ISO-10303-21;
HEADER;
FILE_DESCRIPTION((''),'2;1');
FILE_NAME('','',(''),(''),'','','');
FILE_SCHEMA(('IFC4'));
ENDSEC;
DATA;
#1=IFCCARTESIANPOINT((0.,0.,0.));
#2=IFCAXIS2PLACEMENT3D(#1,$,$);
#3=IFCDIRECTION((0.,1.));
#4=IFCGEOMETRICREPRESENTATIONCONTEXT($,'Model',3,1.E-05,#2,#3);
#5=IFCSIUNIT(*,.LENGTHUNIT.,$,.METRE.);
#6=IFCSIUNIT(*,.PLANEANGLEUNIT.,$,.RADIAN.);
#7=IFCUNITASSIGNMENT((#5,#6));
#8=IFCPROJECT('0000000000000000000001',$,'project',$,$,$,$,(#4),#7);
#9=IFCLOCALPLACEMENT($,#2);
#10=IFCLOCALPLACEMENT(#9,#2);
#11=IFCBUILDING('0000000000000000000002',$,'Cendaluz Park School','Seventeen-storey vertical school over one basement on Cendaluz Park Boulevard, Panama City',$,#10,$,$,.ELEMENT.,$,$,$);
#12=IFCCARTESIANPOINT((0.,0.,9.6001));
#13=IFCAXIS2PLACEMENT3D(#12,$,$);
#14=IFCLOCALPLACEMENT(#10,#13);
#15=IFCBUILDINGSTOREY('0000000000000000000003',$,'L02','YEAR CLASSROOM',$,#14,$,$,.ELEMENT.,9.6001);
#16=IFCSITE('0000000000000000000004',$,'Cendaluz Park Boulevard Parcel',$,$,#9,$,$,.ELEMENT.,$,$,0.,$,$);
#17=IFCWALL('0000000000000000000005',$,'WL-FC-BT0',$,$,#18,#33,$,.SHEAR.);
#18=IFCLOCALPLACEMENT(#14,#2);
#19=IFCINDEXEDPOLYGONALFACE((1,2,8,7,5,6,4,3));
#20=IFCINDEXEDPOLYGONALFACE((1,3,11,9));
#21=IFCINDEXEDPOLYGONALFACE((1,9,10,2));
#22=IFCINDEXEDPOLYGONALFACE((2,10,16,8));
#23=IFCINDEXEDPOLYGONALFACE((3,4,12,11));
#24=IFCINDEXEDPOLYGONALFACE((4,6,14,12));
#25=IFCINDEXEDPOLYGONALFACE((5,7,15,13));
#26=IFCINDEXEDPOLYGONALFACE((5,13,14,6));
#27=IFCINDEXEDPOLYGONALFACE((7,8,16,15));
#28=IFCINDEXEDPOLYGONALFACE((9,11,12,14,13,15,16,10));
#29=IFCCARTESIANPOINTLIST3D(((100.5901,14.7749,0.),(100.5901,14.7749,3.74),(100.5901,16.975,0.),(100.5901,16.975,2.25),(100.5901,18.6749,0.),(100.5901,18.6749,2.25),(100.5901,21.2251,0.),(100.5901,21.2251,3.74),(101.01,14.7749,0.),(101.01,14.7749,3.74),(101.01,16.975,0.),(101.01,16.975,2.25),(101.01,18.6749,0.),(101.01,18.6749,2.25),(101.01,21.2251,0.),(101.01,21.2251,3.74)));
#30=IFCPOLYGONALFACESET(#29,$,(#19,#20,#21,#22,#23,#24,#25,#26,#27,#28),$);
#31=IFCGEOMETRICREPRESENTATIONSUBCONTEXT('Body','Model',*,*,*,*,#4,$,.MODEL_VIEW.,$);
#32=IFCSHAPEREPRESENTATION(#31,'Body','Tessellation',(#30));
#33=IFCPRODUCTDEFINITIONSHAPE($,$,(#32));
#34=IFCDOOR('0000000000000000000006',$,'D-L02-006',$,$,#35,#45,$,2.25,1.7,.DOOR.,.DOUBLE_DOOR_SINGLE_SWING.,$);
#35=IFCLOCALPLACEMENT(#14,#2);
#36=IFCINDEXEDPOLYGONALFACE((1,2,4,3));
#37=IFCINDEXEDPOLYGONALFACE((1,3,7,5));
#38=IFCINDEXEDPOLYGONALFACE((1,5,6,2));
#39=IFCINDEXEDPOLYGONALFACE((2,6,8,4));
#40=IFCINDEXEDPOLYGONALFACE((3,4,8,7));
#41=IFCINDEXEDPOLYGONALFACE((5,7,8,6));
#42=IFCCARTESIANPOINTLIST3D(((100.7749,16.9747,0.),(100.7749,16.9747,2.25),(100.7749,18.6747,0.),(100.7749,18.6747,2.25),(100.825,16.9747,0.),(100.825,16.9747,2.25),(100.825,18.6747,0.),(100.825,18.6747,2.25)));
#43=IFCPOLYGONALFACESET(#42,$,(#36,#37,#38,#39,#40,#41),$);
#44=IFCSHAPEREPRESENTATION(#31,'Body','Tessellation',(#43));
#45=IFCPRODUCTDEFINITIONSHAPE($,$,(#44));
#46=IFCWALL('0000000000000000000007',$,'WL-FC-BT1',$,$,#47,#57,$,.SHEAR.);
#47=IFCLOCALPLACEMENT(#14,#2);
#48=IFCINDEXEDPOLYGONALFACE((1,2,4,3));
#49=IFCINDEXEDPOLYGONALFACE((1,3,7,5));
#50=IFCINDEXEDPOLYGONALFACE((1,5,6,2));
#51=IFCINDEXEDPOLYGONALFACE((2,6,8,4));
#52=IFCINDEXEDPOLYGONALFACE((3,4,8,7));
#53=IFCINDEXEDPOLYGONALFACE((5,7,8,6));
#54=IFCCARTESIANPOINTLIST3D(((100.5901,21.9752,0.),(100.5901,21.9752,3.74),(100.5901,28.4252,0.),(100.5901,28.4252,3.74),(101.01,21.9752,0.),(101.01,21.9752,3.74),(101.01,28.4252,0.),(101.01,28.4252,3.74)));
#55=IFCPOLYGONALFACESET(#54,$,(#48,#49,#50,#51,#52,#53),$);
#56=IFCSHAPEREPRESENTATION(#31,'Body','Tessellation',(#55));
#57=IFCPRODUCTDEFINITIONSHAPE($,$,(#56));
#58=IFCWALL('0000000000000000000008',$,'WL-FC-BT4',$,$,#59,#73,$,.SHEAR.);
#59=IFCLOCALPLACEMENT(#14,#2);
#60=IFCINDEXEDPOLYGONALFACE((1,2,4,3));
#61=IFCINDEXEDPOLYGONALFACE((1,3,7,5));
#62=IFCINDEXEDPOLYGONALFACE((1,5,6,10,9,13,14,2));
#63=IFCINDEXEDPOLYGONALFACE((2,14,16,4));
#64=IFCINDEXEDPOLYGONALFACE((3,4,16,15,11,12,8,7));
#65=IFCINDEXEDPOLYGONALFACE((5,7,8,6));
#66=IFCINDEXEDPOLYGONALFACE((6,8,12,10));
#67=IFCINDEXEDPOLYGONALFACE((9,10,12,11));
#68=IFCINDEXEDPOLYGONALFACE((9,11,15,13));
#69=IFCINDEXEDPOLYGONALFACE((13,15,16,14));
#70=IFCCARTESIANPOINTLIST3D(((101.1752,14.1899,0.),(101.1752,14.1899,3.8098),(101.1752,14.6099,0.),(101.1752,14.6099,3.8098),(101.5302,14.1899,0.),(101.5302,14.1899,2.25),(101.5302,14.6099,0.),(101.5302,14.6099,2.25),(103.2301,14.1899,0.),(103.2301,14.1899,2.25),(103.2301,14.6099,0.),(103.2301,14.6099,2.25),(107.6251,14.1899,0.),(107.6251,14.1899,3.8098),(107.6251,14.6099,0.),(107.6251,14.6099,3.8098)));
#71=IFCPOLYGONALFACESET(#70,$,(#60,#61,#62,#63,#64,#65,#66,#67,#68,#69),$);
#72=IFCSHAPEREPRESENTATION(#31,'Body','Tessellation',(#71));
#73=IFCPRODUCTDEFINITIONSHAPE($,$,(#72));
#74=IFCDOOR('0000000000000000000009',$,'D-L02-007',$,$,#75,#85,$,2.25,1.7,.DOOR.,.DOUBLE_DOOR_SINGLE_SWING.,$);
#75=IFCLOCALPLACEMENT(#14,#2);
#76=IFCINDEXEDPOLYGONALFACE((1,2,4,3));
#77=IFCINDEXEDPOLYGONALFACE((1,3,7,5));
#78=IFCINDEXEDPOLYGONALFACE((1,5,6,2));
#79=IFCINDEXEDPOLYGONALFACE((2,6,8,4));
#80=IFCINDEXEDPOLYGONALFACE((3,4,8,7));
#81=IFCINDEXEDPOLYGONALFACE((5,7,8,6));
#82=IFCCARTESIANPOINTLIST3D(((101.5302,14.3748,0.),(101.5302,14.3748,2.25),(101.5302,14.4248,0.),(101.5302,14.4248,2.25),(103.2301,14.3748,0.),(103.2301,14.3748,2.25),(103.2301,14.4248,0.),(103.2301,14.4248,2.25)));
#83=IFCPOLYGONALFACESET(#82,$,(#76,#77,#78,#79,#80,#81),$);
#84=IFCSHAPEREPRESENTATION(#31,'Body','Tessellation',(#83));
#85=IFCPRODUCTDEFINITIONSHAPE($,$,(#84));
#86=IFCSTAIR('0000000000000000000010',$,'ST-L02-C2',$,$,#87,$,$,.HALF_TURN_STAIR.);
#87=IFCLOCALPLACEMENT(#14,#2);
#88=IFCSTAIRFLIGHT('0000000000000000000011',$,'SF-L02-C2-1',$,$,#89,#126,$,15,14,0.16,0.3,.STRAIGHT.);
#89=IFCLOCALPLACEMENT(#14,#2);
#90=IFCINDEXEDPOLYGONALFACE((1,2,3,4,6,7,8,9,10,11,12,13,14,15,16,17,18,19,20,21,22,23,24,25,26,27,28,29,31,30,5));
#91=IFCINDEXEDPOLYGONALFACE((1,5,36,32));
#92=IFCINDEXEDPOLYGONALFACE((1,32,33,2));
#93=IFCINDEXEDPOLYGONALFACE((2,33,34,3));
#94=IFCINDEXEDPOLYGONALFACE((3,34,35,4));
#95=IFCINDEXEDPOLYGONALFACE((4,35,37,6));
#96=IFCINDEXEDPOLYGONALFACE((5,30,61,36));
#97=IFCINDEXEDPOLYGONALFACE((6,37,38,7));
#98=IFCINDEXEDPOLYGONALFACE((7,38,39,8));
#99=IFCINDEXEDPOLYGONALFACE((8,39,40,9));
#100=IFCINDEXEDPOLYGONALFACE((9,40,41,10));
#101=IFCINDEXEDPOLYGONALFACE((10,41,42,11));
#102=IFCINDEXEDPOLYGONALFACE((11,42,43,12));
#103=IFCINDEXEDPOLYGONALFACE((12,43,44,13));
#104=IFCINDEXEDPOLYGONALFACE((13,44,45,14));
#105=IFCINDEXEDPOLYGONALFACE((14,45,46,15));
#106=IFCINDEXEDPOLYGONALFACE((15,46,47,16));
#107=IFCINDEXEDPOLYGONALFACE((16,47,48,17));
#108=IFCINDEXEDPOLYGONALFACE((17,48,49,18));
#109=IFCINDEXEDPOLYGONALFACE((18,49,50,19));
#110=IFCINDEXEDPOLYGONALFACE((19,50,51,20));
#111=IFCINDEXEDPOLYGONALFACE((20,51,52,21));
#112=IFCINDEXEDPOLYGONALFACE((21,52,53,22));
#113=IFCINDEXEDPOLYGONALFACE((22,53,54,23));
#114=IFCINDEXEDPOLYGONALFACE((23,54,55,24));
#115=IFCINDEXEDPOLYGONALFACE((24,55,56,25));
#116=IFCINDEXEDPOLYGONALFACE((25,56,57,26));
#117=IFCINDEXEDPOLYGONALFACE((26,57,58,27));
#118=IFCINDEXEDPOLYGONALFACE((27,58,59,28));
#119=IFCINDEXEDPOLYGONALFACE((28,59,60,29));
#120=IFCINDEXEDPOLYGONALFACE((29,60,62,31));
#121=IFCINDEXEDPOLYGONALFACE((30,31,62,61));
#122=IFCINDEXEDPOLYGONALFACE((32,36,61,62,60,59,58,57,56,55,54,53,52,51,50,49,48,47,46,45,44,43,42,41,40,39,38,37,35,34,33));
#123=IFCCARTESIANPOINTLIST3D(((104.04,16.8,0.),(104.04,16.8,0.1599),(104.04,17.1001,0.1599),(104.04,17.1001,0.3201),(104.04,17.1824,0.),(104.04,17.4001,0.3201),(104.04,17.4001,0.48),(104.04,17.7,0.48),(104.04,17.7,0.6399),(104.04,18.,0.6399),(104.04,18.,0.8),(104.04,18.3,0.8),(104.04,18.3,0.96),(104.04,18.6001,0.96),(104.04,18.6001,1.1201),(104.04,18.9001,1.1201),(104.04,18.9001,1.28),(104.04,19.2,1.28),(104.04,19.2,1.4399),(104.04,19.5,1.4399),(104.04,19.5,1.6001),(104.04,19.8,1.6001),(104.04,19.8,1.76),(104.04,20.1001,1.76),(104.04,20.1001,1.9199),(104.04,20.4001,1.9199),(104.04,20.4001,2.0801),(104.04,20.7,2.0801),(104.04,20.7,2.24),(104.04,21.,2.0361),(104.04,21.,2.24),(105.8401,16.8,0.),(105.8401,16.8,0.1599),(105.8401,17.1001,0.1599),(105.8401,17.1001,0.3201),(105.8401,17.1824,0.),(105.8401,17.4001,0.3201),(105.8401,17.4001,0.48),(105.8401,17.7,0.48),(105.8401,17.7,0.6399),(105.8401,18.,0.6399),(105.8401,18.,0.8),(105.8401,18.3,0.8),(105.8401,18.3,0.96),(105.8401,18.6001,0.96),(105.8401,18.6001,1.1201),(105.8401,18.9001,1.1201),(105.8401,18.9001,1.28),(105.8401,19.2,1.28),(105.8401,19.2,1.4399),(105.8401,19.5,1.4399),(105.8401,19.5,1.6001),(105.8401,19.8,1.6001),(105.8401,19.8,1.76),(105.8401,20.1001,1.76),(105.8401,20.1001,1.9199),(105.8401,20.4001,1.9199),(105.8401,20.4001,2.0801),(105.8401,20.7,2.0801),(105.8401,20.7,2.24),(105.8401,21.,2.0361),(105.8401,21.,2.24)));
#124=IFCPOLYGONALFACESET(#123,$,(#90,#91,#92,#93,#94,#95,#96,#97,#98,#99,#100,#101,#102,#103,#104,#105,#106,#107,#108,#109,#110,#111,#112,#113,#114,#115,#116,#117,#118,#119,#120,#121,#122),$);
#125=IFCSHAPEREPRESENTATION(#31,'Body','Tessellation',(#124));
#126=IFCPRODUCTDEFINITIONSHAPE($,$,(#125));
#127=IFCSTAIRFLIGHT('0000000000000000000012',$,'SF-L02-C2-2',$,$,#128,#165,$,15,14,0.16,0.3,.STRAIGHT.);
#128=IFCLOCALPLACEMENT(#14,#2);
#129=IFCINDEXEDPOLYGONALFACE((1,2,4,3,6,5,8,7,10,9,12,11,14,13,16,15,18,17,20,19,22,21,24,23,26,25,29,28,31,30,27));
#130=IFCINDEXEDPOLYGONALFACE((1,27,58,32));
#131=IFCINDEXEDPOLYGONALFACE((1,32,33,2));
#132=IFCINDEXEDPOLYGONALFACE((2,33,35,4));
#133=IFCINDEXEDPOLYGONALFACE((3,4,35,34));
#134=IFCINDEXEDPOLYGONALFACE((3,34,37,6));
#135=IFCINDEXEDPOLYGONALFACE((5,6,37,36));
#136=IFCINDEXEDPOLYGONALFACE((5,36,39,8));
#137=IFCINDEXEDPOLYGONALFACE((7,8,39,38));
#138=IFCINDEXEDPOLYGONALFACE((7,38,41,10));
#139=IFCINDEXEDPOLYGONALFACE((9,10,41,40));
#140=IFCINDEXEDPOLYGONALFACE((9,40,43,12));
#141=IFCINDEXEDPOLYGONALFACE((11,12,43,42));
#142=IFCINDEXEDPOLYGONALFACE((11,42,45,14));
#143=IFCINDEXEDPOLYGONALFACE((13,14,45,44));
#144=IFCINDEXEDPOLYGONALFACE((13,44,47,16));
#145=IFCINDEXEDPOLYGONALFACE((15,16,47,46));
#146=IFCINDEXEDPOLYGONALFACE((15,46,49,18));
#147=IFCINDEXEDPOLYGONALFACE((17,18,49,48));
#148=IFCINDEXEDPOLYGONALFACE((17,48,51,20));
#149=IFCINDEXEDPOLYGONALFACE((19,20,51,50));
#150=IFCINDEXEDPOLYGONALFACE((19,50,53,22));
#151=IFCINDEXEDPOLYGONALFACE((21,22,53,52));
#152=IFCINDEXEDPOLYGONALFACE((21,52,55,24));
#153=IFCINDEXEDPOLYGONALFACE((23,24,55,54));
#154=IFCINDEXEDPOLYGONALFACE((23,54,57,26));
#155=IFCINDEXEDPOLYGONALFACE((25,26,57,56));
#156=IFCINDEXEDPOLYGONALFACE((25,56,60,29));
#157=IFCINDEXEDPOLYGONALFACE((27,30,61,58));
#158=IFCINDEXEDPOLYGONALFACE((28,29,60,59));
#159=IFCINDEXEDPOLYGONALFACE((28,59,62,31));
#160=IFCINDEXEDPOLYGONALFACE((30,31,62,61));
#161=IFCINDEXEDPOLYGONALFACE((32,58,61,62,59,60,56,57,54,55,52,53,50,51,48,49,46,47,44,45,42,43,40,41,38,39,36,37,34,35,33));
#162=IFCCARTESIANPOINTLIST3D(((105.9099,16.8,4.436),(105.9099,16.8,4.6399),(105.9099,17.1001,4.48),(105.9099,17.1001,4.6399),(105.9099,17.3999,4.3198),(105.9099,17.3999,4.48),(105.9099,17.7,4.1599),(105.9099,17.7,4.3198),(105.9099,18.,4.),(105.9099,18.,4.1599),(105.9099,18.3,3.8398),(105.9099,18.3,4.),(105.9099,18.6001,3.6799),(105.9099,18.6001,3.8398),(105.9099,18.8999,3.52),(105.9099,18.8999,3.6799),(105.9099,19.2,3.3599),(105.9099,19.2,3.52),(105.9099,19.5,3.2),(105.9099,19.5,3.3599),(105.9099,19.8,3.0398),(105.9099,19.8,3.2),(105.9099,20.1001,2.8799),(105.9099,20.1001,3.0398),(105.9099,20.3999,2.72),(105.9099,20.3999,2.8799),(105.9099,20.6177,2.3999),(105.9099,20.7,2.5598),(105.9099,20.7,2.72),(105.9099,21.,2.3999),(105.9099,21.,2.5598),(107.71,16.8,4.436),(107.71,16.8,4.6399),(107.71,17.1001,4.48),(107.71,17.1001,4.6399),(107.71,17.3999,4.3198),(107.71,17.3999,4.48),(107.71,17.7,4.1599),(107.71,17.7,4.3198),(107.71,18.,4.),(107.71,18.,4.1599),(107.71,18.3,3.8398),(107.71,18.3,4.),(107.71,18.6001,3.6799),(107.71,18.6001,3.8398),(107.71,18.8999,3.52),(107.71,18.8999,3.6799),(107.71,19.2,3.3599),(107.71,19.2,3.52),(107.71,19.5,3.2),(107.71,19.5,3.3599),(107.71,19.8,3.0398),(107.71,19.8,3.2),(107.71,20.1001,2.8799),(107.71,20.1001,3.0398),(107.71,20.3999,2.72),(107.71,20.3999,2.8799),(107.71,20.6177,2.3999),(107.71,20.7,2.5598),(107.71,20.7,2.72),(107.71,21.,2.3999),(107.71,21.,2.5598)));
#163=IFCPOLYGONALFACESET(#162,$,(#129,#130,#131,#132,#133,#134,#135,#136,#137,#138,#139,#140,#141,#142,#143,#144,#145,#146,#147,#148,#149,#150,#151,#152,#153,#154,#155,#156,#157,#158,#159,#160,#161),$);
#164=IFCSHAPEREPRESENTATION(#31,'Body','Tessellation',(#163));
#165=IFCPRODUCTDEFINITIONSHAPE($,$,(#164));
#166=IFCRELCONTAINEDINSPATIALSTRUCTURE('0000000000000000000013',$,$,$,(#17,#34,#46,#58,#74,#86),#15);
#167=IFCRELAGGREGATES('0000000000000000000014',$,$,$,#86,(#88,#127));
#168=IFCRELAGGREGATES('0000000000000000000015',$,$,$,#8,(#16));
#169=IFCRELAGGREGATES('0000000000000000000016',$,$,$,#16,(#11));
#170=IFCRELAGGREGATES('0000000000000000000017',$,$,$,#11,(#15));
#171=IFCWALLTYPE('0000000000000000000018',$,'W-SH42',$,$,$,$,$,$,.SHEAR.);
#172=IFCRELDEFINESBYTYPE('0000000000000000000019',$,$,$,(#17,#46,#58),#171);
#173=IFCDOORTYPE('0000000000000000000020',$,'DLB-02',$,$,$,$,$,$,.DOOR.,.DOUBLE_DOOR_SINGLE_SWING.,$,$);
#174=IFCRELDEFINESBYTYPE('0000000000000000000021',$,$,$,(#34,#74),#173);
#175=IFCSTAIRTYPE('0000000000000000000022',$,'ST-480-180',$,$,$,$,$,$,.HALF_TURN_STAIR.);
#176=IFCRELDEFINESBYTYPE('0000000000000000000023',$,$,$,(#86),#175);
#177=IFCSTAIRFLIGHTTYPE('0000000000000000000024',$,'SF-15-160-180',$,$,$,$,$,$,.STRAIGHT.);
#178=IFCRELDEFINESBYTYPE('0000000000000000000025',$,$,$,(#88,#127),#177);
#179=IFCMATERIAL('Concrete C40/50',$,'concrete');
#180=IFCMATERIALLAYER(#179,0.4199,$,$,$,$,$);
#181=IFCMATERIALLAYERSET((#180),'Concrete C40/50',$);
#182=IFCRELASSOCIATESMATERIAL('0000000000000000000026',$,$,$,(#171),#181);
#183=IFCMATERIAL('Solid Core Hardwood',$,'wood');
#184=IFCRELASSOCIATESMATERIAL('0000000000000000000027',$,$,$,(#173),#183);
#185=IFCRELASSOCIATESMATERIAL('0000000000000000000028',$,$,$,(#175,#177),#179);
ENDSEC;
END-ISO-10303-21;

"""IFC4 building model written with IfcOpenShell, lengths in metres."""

from ifc_helpers import new_model, si_unit, direction, frame, frame_2d, origin, place, context, subcontext, project, spatial, polyline, rectangle, outline, extrude, material, layer, layer_set, type_object, element, fill, aggregate, save


model = new_model("IFC4")

# Units and contexts
model_context = context("Model", 3, precision=1e-05, world=origin(), true_north=direction((0.0, 1.0)))
body_context = subcontext(model_context, "Body", "Model", "MODEL_VIEW")
ifc_project = project(units=[si_unit("LENGTHUNIT", "METRE"), si_unit("PLANEANGLEUNIT", "RADIAN")], contexts=[model_context])

# Site, building, storey
site_placement = place(None, origin())
site = spatial("IfcSite", under=ifc_project, at=site_placement, Name="Cendaluz Park Boulevard Parcel", CompositionType="ELEMENT", RefElevation=0.0)
building_placement = place(site_placement, origin())
building = spatial("IfcBuilding", under=site, at=building_placement, Name="Cendaluz Park School", Description="Seventeen-storey vertical school over one basement on Cendaluz Park Boulevard, Panama City", CompositionType="ELEMENT")
storey_placement = place(building_placement, frame((0.0, 0.0, 9.6001)))
storey = spatial("IfcBuildingStorey", under=building, at=storey_placement, Name="L02", Description="YEAR CLASSROOM", CompositionType="ELEMENT", Elevation=9.6001)

# Shared definitions
ifc_material_1 = material(Name="Concrete C40/50", Category="concrete")

# Shared definitions
ifc_material_2 = material(Name="Solid Core Hardwood", Category="wood")

# Wall, opening, door
ifc_layer_1 = layer(ifc_material_1, 0.4199)
ifc_layer_set_1 = layer_set([ifc_layer_1], Name="Concrete C40/50")
wall_type_1 = type_object("IfcWallType", Name="W-SH42", PredefinedType="SHEAR", material=ifc_layer_set_1)
wall_1_placement = place(storey_placement, frame((100.8, 14.7749, 0.0), z_axis=(0.0, 0.0, 1.0), x_axis=(0.0, 1.0, 0.0)))
wall_1 = element("IfcWall", 1, at=wall_1_placement, inside=storey, type_object=wall_type_1, Name="WL-FC-BT0", PredefinedType="SHEAR", context=body_context, shape_type="SweptSolid", body=[
    extrude(rectangle(XDim=6.4502, YDim=0.4199, at=frame_2d((3.2251, 0.0))), origin(), (0.0, 0.0, 1.0), 3.74),
])
opening_1_placement = place(wall_1_placement, frame((2.2, 0.0, 0.0)))
opening_1 = element("IfcOpeningElement", 2, at=opening_1_placement, cuts=wall_1, PredefinedType="OPENING", context=body_context, shape_type="SweptSolid", body=[
    extrude(rectangle(XDim=1.7, YDim=2.25, at=frame_2d((0.8501, 1.125))), frame((0.0, 0.2219, 0.0), z_axis=(0.0, -1.0, 0.0), x_axis=(1.0, 0.0, 0.0)), (0.0, 0.0, 1.0), 0.4438),
])
door_type_1 = type_object("IfcDoorType", Name="DLB-02", OperationType="DOUBLE_DOOR_SINGLE_SWING", PredefinedType="DOOR", material=ifc_material_2)
door_1_placement = place(opening_1_placement, frame((1.7, 0.0, 0.0), z_axis=(0.0, 0.0, 1.0), x_axis=(-1.0, 0.0, 0.0)))
door_1 = element("IfcDoor", 3, at=door_1_placement, inside=storey, type_object=door_type_1, Name="D-L02-006", OperationType="DOUBLE_DOOR_SINGLE_SWING", OverallHeight=2.25, OverallWidth=1.7, PredefinedType="DOOR", context=body_context, shape_type="SweptSolid", body=[
    extrude(rectangle(XDim=1.7, YDim=2.25, at=frame_2d((0.8501, 1.125))), frame((0.0, 0.0249, 0.0), z_axis=(0.0, -1.0, 0.0), x_axis=(1.0, 0.0, 0.0)), (0.0, 0.0, 1.0), 0.05),
])
fill(opening_1, door_1)

# Wall
wall_2_placement = place(storey_placement, frame((100.8, 21.9751, 0.0), z_axis=(0.0, 0.0, 1.0), x_axis=(0.0, 1.0, 0.0)))
element("IfcWall", 4, at=wall_2_placement, inside=storey, type_object=wall_type_1, Name="WL-FC-BT1", PredefinedType="SHEAR", context=body_context, shape_type="SweptSolid", body=[
    extrude(rectangle(XDim=6.45, YDim=0.4199, at=frame_2d((3.2251, 0.0))), origin(), (0.0, 0.0, 1.0), 3.74),
])

# Wall, opening, door
wall_3_placement = place(storey_placement, frame((101.175, 14.3999, 0.0), z_axis=(0.0, 0.0, 1.0), x_axis=(1.0, 0.0, 0.0)))
wall_3 = element("IfcWall", 5, at=wall_3_placement, inside=storey, type_object=wall_type_1, Name="WL-FC-BT4", PredefinedType="SHEAR", context=body_context, shape_type="SweptSolid", body=[
    extrude(rectangle(XDim=6.45, YDim=0.4199, at=frame_2d((3.2251, 0.0))), origin(), (0.0, 0.0, 1.0), 3.8098),
])
opening_2_placement = place(wall_3_placement, frame((0.355, 0.0, 0.0)))
opening_2 = element("IfcOpeningElement", 6, at=opening_2_placement, cuts=wall_3, PredefinedType="OPENING", context=body_context, shape_type="SweptSolid", body=[
    extrude(rectangle(XDim=1.7, YDim=2.25, at=frame_2d((0.8501, 1.125))), frame((0.0, 0.2219, 0.0), z_axis=(0.0, -1.0, 0.0), x_axis=(1.0, 0.0, 0.0)), (0.0, 0.0, 1.0), 0.4438),
])
door_2_placement = place(opening_2_placement, origin())
door_2 = element("IfcDoor", 7, at=door_2_placement, inside=storey, type_object=door_type_1, Name="D-L02-007", OperationType="DOUBLE_DOOR_SINGLE_SWING", OverallHeight=2.25, OverallWidth=1.7, PredefinedType="DOOR", context=body_context, shape_type="SweptSolid", body=[
    extrude(rectangle(XDim=1.7, YDim=2.25, at=frame_2d((0.8501, 1.125))), frame((0.0, 0.0249, 0.0), z_axis=(0.0, -1.0, 0.0), x_axis=(1.0, 0.0, 0.0)), (0.0, 0.0, 1.0), 0.05),
])
fill(opening_2, door_2)

# Stair, stair flights
stair_type = type_object("IfcStairType", Name="ST-480-180", PredefinedType="HALF_TURN_STAIR", material=ifc_material_1)
stair_placement = place(storey_placement, origin())
stair = element("IfcStair", 8, at=stair_placement, inside=storey, type_object=stair_type, Name="ST-L02-C2", PredefinedType="HALF_TURN_STAIR")
stair_flight_type = type_object("IfcStairFlightType", Name="SF-15-160-180", PredefinedType="STRAIGHT", material=ifc_material_1)
stair_flight_1_placement = place(storey_placement, frame((104.9399, 16.8, 0.0), z_axis=(0.0, 0.0, 1.0), x_axis=(0.0, 1.0, 0.0)))
stair_flight_1 = element("IfcStairFlight", 9, at=stair_flight_1_placement, type_object=stair_flight_type, Name="SF-L02-C2-1", NumberOfRisers=15, NumberOfTreads=14, PredefinedType="STRAIGHT", RiserHeight=0.16, TreadLength=0.3, context=body_context, shape_type="SweptSolid", body=[
    extrude(outline(polyline([(0.0, 0.0), (0.0, 0.1599), (0.3, 0.1599), (0.3, 0.3201), (0.6001, 0.3201), (0.6001, 0.48), (0.8999, 0.48), (0.8999, 0.6399), (1.2, 0.6399), (1.2, 0.8), (1.5, 0.8), (1.5, 0.96), (1.8, 0.96), (1.8, 1.1201), (2.1001, 1.1201), (2.1001, 1.28), (2.3999, 1.28), (2.3999, 1.4399), (2.7, 1.4399), (2.7, 1.6001), (3.0, 1.6001), (3.0, 1.76), (3.3, 1.76), (3.3, 1.9199), (3.6001, 1.9199), (3.6001, 2.0801), (3.8999, 2.0801), (3.8999, 2.24), (4.2, 2.24), (4.2, 2.3999), (4.2, 2.0361), (0.3823, 0.0), (0.0, 0.0)])), frame((0.0, 0.8999, 0.0), z_axis=(0.0, -1.0, 0.0), x_axis=(1.0, 0.0, 0.0)), (0.0, 0.0, 1.0), 1.8),
])
stair_flight_2_placement = place(storey_placement, frame((106.8101, 21.0, 2.3999), z_axis=(0.0, 0.0, 1.0), x_axis=(0.0, -1.0, 0.0)))
stair_flight_2 = element("IfcStairFlight", 10, at=stair_flight_2_placement, type_object=stair_flight_type, Name="SF-L02-C2-2", NumberOfRisers=15, NumberOfTreads=14, PredefinedType="STRAIGHT", RiserHeight=0.16, TreadLength=0.3, context=body_context, shape_type="SweptSolid", body=[
    extrude(outline(polyline([(0.0, 0.0), (0.0, 0.1599), (0.3, 0.1599), (0.3, 0.3201), (0.6001, 0.3201), (0.6001, 0.48), (0.8999, 0.48), (0.8999, 0.6399), (1.2, 0.6399), (1.2, 0.8), (1.5, 0.8), (1.5, 0.96), (1.8, 0.96), (1.8, 1.1201), (2.1001, 1.1201), (2.1001, 1.28), (2.3999, 1.28), (2.3999, 1.4399), (2.7, 1.4399), (2.7, 1.6001), (3.0, 1.6001), (3.0, 1.76), (3.3, 1.76), (3.3, 1.9199), (3.6001, 1.9199), (3.6001, 2.0801), (3.8999, 2.0801), (3.8999, 2.24), (4.2, 2.24), (4.2, 2.3999), (4.2, 2.0361), (0.3823, 0.0), (0.0, 0.0)])), frame((0.0, 0.8999, 0.0), z_axis=(0.0, -1.0, 0.0), x_axis=(1.0, 0.0, 0.0)), (0.0, 0.0, 1.0), 1.8),
])
aggregate(stair, [stair_flight_1, stair_flight_2])

save(model, "model.ifc")
